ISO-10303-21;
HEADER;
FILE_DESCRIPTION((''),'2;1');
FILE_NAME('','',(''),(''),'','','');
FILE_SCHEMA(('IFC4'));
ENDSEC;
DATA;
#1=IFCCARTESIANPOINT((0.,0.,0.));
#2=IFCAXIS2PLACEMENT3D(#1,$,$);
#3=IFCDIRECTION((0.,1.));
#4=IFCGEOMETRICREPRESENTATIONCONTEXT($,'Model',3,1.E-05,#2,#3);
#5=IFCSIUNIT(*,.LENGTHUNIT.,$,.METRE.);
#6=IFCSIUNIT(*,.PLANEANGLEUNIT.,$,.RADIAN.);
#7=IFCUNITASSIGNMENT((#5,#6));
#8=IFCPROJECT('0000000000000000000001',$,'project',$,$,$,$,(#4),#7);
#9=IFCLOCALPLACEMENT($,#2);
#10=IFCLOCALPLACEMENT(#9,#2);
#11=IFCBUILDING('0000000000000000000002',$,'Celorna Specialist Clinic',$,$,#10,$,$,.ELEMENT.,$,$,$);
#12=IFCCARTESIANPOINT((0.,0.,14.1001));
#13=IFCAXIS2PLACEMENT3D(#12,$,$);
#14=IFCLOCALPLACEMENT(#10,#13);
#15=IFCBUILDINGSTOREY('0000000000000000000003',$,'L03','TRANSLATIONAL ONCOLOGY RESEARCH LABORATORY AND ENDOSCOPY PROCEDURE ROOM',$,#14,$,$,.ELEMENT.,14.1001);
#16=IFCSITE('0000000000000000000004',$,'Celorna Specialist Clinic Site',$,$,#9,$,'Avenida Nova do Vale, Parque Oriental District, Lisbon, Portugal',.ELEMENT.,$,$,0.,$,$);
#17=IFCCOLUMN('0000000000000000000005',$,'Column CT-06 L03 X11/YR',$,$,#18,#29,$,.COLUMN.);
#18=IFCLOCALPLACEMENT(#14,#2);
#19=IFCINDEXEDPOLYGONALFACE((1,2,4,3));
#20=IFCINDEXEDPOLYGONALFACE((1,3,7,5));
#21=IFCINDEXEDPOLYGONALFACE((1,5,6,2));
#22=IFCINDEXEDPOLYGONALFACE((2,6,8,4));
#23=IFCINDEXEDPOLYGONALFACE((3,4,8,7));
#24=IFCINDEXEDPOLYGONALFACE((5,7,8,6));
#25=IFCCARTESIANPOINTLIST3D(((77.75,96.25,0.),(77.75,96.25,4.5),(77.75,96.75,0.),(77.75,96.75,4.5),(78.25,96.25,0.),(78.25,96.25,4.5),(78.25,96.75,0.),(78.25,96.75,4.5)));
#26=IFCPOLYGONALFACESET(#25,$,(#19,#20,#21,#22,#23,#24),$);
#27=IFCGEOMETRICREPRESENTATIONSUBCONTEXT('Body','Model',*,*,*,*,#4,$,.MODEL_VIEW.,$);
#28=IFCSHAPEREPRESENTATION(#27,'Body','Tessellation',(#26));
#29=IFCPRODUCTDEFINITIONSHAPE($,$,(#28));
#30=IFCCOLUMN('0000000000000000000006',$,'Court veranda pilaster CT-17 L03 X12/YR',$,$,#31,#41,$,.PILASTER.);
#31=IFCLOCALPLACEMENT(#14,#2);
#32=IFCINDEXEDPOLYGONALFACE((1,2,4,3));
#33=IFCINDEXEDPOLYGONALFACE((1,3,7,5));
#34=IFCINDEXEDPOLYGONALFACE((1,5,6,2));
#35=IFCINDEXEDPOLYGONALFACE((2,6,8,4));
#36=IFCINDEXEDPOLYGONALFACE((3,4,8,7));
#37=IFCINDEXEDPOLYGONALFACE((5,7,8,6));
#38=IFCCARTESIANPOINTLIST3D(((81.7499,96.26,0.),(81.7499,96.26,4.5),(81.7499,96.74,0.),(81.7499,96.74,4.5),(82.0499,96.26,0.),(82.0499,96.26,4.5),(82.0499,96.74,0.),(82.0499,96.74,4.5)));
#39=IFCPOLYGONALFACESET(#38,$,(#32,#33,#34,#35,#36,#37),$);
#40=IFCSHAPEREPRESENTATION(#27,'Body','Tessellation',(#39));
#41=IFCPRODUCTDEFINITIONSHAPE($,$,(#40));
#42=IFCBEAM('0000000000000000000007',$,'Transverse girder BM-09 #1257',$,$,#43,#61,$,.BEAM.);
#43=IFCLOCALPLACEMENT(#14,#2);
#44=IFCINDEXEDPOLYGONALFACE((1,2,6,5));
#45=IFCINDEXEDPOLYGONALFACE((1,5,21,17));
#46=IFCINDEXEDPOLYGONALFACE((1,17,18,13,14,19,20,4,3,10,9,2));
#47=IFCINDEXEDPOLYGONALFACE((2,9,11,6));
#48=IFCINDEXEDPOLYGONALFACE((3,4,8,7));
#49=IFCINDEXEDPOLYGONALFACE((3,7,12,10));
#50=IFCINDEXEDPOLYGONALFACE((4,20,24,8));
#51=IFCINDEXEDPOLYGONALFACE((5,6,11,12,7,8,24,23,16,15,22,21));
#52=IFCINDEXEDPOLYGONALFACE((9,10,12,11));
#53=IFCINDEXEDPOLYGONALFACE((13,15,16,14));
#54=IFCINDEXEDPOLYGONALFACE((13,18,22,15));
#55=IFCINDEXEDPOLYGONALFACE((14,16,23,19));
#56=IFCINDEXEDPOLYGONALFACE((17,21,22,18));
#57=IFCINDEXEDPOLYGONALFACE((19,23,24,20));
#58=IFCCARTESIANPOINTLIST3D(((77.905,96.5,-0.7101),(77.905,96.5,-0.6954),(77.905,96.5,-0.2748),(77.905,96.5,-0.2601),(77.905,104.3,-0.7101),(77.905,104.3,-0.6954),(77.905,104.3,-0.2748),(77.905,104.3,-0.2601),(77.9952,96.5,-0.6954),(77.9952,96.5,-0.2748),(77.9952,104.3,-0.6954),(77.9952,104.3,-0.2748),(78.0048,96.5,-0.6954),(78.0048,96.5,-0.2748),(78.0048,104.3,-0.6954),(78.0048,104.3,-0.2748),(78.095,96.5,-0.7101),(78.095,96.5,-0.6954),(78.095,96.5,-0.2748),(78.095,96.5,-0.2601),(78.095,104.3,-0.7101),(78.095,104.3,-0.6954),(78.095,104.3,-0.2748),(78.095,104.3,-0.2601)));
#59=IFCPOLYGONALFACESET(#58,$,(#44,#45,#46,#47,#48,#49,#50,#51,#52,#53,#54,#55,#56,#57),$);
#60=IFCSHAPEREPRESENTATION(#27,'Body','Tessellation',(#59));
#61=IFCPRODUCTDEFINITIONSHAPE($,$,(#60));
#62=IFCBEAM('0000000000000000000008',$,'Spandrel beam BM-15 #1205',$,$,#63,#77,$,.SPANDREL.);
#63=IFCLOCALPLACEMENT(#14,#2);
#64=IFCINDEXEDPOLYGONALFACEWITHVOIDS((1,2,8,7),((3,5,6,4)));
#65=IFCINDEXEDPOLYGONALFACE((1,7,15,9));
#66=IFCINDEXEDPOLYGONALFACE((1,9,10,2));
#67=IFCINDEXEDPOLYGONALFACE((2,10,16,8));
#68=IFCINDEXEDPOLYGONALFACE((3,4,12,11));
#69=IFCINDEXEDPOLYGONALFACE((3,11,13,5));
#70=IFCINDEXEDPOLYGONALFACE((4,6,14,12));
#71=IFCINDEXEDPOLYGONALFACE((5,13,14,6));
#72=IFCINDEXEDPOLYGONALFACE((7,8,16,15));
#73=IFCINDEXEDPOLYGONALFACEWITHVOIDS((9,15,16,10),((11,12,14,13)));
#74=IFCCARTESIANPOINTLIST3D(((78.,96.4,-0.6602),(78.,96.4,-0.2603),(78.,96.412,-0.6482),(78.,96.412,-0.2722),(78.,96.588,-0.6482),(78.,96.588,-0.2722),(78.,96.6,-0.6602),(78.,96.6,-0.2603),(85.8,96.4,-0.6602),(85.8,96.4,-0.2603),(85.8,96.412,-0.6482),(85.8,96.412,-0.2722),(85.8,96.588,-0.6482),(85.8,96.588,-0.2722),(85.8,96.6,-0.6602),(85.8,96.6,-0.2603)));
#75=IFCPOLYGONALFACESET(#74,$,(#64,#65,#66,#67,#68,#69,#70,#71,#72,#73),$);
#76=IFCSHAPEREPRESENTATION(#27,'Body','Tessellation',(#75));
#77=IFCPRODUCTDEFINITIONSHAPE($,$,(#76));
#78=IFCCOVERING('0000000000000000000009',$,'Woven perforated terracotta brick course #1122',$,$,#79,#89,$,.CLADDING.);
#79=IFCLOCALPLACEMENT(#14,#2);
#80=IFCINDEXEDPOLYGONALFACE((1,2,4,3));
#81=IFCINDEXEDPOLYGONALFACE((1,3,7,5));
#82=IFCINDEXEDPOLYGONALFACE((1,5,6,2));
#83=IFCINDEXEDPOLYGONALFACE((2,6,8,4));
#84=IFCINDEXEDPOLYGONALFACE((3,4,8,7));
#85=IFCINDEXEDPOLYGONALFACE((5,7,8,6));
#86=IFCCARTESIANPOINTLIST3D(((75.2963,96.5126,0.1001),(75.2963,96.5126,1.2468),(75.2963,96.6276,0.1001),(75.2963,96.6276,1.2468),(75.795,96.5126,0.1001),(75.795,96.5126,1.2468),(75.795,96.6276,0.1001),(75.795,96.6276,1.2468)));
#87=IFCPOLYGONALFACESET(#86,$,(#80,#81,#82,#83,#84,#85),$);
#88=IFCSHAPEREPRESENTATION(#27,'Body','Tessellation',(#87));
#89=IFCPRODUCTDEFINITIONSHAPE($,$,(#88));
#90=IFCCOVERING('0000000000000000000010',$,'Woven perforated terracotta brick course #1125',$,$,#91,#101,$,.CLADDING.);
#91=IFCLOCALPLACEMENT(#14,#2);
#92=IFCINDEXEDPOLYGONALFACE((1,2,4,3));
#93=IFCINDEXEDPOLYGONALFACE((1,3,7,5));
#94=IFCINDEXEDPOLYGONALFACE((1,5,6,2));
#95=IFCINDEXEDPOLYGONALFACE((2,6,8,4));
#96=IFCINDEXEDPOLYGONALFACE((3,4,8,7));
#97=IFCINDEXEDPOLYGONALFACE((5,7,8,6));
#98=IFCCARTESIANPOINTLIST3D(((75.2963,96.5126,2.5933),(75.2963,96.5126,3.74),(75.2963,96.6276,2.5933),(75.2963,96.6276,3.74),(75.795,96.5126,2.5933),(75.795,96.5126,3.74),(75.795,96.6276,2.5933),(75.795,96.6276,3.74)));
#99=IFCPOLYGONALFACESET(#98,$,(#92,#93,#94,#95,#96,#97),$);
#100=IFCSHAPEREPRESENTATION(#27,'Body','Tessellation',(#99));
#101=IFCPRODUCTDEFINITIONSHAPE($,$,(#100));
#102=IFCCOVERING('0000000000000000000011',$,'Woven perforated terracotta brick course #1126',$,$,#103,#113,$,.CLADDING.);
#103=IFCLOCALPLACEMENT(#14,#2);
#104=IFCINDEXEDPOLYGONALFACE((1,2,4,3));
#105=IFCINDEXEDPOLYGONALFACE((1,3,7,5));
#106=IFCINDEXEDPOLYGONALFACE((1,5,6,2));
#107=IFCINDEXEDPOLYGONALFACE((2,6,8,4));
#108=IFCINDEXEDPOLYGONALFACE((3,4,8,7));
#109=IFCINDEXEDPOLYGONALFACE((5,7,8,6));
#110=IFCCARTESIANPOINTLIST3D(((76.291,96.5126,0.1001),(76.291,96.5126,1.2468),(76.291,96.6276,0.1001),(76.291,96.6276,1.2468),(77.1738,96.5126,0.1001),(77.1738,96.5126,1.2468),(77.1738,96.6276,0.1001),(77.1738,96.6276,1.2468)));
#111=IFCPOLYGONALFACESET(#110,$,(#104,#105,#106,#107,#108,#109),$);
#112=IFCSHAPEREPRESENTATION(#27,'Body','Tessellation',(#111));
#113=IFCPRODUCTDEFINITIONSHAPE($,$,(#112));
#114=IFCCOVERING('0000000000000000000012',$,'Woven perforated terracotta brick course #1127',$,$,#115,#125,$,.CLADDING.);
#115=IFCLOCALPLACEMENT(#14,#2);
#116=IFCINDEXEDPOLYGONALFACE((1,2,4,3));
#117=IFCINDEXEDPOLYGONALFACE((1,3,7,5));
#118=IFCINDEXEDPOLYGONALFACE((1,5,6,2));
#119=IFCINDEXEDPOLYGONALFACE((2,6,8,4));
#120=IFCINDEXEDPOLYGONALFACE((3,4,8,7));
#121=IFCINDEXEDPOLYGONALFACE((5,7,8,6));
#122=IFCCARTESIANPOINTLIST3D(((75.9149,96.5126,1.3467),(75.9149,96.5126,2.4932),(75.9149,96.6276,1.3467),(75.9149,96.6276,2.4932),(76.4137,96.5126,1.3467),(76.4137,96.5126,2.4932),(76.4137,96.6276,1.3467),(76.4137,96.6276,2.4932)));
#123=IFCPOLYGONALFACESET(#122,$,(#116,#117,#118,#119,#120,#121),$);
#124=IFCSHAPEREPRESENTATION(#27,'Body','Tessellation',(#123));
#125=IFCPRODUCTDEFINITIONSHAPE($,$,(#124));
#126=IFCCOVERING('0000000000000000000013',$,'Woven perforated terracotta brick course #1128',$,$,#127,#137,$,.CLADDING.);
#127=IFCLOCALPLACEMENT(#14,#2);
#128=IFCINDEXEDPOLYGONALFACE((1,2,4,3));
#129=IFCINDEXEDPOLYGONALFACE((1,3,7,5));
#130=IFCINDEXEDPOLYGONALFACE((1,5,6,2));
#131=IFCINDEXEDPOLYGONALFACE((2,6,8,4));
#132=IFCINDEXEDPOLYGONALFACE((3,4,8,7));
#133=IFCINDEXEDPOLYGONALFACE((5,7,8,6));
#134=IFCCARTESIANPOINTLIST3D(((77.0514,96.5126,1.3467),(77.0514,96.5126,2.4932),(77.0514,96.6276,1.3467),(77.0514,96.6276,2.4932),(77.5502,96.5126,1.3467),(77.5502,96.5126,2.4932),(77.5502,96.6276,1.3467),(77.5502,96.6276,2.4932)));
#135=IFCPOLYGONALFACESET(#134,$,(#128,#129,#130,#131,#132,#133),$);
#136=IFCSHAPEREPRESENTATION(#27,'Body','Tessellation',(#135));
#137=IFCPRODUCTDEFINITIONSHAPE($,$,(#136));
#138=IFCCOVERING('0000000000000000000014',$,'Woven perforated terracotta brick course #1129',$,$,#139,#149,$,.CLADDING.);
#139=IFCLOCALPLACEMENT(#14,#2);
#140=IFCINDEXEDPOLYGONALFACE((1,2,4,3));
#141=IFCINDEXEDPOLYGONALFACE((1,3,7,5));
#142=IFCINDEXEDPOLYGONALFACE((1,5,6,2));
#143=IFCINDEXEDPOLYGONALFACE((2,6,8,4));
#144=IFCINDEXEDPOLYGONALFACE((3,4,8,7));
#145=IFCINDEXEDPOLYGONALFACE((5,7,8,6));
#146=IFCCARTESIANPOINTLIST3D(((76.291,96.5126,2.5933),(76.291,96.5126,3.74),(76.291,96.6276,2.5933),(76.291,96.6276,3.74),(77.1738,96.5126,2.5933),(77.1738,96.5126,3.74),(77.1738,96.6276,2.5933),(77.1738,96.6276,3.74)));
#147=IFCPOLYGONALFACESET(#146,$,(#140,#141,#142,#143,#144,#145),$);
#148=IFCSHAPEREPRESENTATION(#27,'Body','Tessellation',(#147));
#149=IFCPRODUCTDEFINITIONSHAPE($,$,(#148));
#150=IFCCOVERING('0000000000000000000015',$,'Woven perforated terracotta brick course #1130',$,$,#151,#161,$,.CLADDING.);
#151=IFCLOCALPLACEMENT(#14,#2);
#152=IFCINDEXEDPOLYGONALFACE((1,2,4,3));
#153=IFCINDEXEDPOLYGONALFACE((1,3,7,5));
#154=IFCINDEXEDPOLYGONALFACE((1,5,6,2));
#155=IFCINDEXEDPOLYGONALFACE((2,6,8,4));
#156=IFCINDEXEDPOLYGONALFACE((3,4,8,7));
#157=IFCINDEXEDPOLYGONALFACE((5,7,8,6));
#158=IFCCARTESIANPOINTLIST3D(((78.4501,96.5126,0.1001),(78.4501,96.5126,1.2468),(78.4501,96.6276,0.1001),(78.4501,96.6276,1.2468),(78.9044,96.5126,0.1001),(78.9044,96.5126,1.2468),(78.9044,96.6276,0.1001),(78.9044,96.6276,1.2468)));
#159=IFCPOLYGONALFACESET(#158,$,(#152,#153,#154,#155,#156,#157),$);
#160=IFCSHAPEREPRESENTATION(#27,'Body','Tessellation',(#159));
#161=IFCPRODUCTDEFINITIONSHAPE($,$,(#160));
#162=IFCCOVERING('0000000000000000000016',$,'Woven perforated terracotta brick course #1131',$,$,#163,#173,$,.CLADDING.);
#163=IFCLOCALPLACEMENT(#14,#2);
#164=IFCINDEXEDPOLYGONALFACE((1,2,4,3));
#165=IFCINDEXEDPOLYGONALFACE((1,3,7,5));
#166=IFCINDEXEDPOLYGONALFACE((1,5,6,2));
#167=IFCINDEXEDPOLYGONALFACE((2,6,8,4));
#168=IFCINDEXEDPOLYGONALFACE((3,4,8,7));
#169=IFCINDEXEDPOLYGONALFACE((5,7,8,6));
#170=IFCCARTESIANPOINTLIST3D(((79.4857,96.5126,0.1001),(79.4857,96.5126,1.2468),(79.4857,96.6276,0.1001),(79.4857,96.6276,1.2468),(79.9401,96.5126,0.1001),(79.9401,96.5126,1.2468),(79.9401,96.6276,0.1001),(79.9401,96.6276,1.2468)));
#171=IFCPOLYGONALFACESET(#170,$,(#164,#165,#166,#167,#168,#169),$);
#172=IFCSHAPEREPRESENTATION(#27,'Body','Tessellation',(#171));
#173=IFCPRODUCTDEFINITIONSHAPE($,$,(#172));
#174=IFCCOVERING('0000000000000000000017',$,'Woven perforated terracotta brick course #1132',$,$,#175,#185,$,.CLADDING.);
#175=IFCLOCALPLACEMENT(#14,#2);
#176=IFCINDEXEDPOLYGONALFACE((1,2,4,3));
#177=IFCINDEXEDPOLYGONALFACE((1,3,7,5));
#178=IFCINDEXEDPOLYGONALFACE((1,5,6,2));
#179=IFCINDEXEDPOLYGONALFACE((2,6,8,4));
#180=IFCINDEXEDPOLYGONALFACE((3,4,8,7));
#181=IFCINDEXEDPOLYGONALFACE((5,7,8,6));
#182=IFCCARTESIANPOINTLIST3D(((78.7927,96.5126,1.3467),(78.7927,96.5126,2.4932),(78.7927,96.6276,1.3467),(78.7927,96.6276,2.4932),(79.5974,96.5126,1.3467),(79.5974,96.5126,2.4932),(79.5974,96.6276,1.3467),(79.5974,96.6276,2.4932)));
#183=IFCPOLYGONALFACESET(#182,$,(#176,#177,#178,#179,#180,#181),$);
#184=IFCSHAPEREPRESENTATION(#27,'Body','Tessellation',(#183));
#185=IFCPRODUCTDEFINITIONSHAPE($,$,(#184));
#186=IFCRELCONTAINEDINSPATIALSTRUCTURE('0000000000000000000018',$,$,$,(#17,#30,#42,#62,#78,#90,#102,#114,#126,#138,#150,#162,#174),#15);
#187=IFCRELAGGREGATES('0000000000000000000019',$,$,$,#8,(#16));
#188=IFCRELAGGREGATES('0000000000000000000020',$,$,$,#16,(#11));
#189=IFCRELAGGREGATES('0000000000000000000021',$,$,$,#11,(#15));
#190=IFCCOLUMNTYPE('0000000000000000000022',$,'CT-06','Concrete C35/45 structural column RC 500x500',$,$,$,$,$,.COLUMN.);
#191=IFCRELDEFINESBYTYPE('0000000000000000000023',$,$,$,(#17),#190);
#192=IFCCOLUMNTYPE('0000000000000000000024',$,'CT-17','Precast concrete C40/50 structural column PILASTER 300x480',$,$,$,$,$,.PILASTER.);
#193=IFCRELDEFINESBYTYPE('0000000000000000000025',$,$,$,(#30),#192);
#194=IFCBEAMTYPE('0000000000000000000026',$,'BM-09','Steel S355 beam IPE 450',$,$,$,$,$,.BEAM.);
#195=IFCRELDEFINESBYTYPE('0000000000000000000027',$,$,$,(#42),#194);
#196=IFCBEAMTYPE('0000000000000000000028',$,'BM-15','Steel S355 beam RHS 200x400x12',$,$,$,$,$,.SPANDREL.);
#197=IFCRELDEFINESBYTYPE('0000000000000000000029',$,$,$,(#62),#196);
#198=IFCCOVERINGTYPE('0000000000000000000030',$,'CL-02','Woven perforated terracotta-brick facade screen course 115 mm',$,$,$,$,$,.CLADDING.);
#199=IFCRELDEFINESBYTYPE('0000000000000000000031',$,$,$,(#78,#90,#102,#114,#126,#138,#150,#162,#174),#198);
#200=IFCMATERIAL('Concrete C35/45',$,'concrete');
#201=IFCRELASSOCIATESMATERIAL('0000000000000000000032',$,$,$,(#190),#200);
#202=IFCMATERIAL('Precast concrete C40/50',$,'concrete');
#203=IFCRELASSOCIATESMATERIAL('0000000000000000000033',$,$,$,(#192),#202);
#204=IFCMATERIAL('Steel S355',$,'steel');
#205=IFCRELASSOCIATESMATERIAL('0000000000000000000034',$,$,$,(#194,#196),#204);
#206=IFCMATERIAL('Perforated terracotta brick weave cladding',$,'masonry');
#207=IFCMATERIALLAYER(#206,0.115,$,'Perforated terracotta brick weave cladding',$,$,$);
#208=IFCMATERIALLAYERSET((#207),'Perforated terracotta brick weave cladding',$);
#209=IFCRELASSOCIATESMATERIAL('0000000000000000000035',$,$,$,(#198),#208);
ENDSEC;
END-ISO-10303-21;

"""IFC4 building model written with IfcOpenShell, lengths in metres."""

from ifc_helpers import new_model, si_unit, direction, frame, origin, origin_2d, place, context, subcontext, project, spatial, rectangle, hollow_rectangle, i_section, extrude, material, layer, layer_set, material_profile, profile_set, type_object, element, save


model = new_model("IFC4")

# Units and contexts
model_context = context("Model", 3, precision=1e-05, world=origin(), true_north=direction((0.0, 1.0)))
body_context = subcontext(model_context, "Body", "Model", "MODEL_VIEW")
ifc_project = project(units=[si_unit("LENGTHUNIT", "METRE"), si_unit("PLANEANGLEUNIT", "RADIAN")], contexts=[model_context])

# Site, building, storey
site_placement = place(None, origin())
site = spatial("IfcSite", under=ifc_project, at=site_placement, Name="Celorna Specialist Clinic Site", LongName="Avenida Nova do Vale, Parque Oriental District, Lisbon, Portugal", CompositionType="ELEMENT", RefElevation=0.0)
building_placement = place(site_placement, origin())
building = spatial("IfcBuilding", under=site, at=building_placement, Name="Celorna Specialist Clinic", CompositionType="ELEMENT")
storey_placement = place(building_placement, frame((0.0, 0.0, 14.1001)))
storey = spatial("IfcBuildingStorey", under=building, at=storey_placement, Name="L03", Description="TRANSLATIONAL ONCOLOGY RESEARCH LABORATORY AND ENDOSCOPY PROCEDURE ROOM", CompositionType="ELEMENT", Elevation=14.1001)

# Columns
ifc_material_1 = material(Name="Concrete C35/45", Category="concrete")
ifc_material_profile_1 = material_profile(ifc_material_1, rectangle(XDim=0.5, YDim=0.5, at=origin_2d()), Name="RC 500x500")
ifc_profile_set_1 = profile_set([ifc_material_profile_1], Name="Concrete C35/45")
column_type_1 = type_object("IfcColumnType", Name="CT-06", Description="Concrete C35/45 structural column RC 500x500", PredefinedType="COLUMN", material=ifc_profile_set_1)
column_1_placement = place(storey_placement, frame((78.0, 96.5, 0.0), z_axis=(0.0, 0.0, 1.0), x_axis=(1.0, 0.0, 0.0)))
element("IfcColumn", 1, at=column_1_placement, inside=storey, type_object=column_type_1, Name="Column CT-06 L03 X11/YR", PredefinedType="COLUMN", context=body_context, shape_type="SweptSolid", body=[
    extrude(rectangle(XDim=0.5, YDim=0.5, at=origin_2d()), origin(), (0.0, 0.0, 1.0), 4.5),
])
ifc_material_2 = material(Name="Precast concrete C40/50", Category="concrete")
ifc_material_profile_2 = material_profile(ifc_material_2, rectangle(XDim=0.3, YDim=0.48, at=origin_2d()), Name="PILASTER 300x480")
ifc_profile_set_2 = profile_set([ifc_material_profile_2], Name="Precast concrete C40/50")
column_type_2 = type_object("IfcColumnType", Name="CT-17", Description="Precast concrete C40/50 structural column PILASTER 300x480", PredefinedType="PILASTER", material=ifc_profile_set_2)
column_2_placement = place(storey_placement, frame((81.8999, 96.5, 0.0), z_axis=(0.0, 0.0, 1.0), x_axis=(1.0, 0.0, 0.0)))
element("IfcColumn", 2, at=column_2_placement, inside=storey, type_object=column_type_2, Name="Court veranda pilaster CT-17 L03 X12/YR", PredefinedType="PILASTER", context=body_context, shape_type="SweptSolid", body=[
    extrude(rectangle(XDim=0.3, YDim=0.48, at=origin_2d()), origin(), (0.0, 0.0, 1.0), 4.5),
])

# Beams
ifc_material_3 = material(Name="Steel S355", Category="steel")
ifc_material_profile_3 = material_profile(ifc_material_3, i_section(OverallWidth=0.1899, OverallDepth=0.45, WebThickness=0.0095, FlangeThickness=0.0146, at=origin_2d()), Name="IPE 450")
ifc_profile_set_3 = profile_set([ifc_material_profile_3], Name="Steel S355")
beam_type_1 = type_object("IfcBeamType", Name="BM-09", Description="Steel S355 beam IPE 450", PredefinedType="BEAM", material=ifc_profile_set_3)
beam_1_placement = place(storey_placement, frame((78.0, 96.5, -0.4851), z_axis=(0.0, 1.0, 0.0), x_axis=(-1.0, 0.0, 0.0)))
element("IfcBeam", 3, at=beam_1_placement, inside=storey, type_object=beam_type_1, Name="Transverse girder BM-09 #1257", PredefinedType="BEAM", context=body_context, shape_type="SweptSolid", body=[
    extrude(i_section(OverallWidth=0.1899, OverallDepth=0.45, WebThickness=0.0095, FlangeThickness=0.0146, at=origin_2d()), origin(), (0.0, 0.0, 1.0), 7.8),
])
ifc_material_profile_4 = material_profile(ifc_material_3, hollow_rectangle(XDim=0.2, YDim=0.3999, WallThickness=0.012, at=origin_2d()), Name="RHS 200x400x12")
ifc_profile_set_4 = profile_set([ifc_material_profile_4], Name="Steel S355")
beam_type_2 = type_object("IfcBeamType", Name="BM-15", Description="Steel S355 beam RHS 200x400x12", PredefinedType="SPANDREL", material=ifc_profile_set_4)
beam_2_placement = place(storey_placement, frame((78.0, 96.5, -0.4602), z_axis=(1.0, 0.0, 0.0), x_axis=(0.0, 1.0, 0.0)))
element("IfcBeam", 4, at=beam_2_placement, inside=storey, type_object=beam_type_2, Name="Spandrel beam BM-15 #1205", PredefinedType="SPANDREL", context=body_context, shape_type="SweptSolid", body=[
    extrude(hollow_rectangle(XDim=0.2, YDim=0.3999, WallThickness=0.012, at=origin_2d()), origin(), (0.0, 0.0, 1.0), 7.8),
])

# Coverings
ifc_material_4 = material(Name="Perforated terracotta brick weave cladding", Category="masonry")
ifc_layer = layer(ifc_material_4, 0.115, Name="Perforated terracotta brick weave cladding")
ifc_layer_set = layer_set([ifc_layer], Name="Perforated terracotta brick weave cladding")
covering_type = type_object("IfcCoveringType", Name="CL-02", Description="Woven perforated terracotta-brick facade screen course 115 mm", PredefinedType="CLADDING", material=ifc_layer_set)
for number, where, z_axis, x_axis, name in (
    (5, (75.5457, 96.5701, 0.1001), (0.0, 0.0, 1.0), (1.0, 0.0, 0.0), "Woven perforated terracotta brick course #1122"),
    (6, (75.5457, 96.5701, 2.5933), (0.0, 0.0, 1.0), (1.0, 0.0, 0.0), "Woven perforated terracotta brick course #1125"),
):
    element("IfcCovering", number, at=place(storey_placement, frame(where, z_axis=z_axis, x_axis=x_axis)), inside=storey, type_object=covering_type, Name=name, PredefinedType="CLADDING", context=body_context, shape_type="SweptSolid", body=[
        extrude(rectangle(XDim=0.4988, YDim=0.115, at=origin_2d()), origin(), (0.0, 0.0, 1.0), 1.1467),
    ])
covering_1_placement = place(storey_placement, frame((76.7324, 96.5701, 0.1001), z_axis=(0.0, 0.0, 1.0), x_axis=(1.0, 0.0, 0.0)))
element("IfcCovering", 7, at=covering_1_placement, inside=storey, type_object=covering_type, Name="Woven perforated terracotta brick course #1126", PredefinedType="CLADDING", context=body_context, shape_type="SweptSolid", body=[
    extrude(rectangle(XDim=0.8828, YDim=0.115, at=origin_2d()), origin(), (0.0, 0.0, 1.0), 1.1467),
])
for number, where, z_axis, x_axis, name in (
    (8, (76.1643, 96.5701, 1.3467), (0.0, 0.0, 1.0), (1.0, 0.0, 0.0), "Woven perforated terracotta brick course #1127"),
    (9, (77.3008, 96.5701, 1.3467), (0.0, 0.0, 1.0), (1.0, 0.0, 0.0), "Woven perforated terracotta brick course #1128"),
):
    element("IfcCovering", number, at=place(storey_placement, frame(where, z_axis=z_axis, x_axis=x_axis)), inside=storey, type_object=covering_type, Name=name, PredefinedType="CLADDING", context=body_context, shape_type="SweptSolid", body=[
        extrude(rectangle(XDim=0.4988, YDim=0.115, at=origin_2d()), origin(), (0.0, 0.0, 1.0), 1.1465),
    ])
covering_2_placement = place(storey_placement, frame((76.7324, 96.5701, 2.5933), z_axis=(0.0, 0.0, 1.0), x_axis=(1.0, 0.0, 0.0)))
element("IfcCovering", 10, at=covering_2_placement, inside=storey, type_object=covering_type, Name="Woven perforated terracotta brick course #1129", PredefinedType="CLADDING", context=body_context, shape_type="SweptSolid", body=[
    extrude(rectangle(XDim=0.8828, YDim=0.115, at=origin_2d()), origin(), (0.0, 0.0, 1.0), 1.1467),
])
for number, where, z_axis, x_axis, name in (
    (11, (78.6772, 96.5701, 0.1001), (0.0, 0.0, 1.0), (1.0, 0.0, 0.0), "Woven perforated terracotta brick course #1130"),
    (12, (79.7129, 96.5701, 0.1001), (0.0, 0.0, 1.0), (1.0, 0.0, 0.0), "Woven perforated terracotta brick course #1131"),
):
    element("IfcCovering", number, at=place(storey_placement, frame(where, z_axis=z_axis, x_axis=x_axis)), inside=storey, type_object=covering_type, Name=name, PredefinedType="CLADDING", context=body_context, shape_type="SweptSolid", body=[
        extrude(rectangle(XDim=0.4543, YDim=0.115, at=origin_2d()), origin(), (0.0, 0.0, 1.0), 1.1467),
    ])
covering_3_placement = place(storey_placement, frame((79.1951, 96.5701, 1.3467), z_axis=(0.0, 0.0, 1.0), x_axis=(1.0, 0.0, 0.0)))
element("IfcCovering", 13, at=covering_3_placement, inside=storey, type_object=covering_type, Name="Woven perforated terracotta brick course #1132", PredefinedType="CLADDING", context=body_context, shape_type="SweptSolid", body=[
    extrude(rectangle(XDim=0.8047, YDim=0.115, at=origin_2d()), origin(), (0.0, 0.0, 1.0), 1.1465),
])

save(model, "model.ifc")
